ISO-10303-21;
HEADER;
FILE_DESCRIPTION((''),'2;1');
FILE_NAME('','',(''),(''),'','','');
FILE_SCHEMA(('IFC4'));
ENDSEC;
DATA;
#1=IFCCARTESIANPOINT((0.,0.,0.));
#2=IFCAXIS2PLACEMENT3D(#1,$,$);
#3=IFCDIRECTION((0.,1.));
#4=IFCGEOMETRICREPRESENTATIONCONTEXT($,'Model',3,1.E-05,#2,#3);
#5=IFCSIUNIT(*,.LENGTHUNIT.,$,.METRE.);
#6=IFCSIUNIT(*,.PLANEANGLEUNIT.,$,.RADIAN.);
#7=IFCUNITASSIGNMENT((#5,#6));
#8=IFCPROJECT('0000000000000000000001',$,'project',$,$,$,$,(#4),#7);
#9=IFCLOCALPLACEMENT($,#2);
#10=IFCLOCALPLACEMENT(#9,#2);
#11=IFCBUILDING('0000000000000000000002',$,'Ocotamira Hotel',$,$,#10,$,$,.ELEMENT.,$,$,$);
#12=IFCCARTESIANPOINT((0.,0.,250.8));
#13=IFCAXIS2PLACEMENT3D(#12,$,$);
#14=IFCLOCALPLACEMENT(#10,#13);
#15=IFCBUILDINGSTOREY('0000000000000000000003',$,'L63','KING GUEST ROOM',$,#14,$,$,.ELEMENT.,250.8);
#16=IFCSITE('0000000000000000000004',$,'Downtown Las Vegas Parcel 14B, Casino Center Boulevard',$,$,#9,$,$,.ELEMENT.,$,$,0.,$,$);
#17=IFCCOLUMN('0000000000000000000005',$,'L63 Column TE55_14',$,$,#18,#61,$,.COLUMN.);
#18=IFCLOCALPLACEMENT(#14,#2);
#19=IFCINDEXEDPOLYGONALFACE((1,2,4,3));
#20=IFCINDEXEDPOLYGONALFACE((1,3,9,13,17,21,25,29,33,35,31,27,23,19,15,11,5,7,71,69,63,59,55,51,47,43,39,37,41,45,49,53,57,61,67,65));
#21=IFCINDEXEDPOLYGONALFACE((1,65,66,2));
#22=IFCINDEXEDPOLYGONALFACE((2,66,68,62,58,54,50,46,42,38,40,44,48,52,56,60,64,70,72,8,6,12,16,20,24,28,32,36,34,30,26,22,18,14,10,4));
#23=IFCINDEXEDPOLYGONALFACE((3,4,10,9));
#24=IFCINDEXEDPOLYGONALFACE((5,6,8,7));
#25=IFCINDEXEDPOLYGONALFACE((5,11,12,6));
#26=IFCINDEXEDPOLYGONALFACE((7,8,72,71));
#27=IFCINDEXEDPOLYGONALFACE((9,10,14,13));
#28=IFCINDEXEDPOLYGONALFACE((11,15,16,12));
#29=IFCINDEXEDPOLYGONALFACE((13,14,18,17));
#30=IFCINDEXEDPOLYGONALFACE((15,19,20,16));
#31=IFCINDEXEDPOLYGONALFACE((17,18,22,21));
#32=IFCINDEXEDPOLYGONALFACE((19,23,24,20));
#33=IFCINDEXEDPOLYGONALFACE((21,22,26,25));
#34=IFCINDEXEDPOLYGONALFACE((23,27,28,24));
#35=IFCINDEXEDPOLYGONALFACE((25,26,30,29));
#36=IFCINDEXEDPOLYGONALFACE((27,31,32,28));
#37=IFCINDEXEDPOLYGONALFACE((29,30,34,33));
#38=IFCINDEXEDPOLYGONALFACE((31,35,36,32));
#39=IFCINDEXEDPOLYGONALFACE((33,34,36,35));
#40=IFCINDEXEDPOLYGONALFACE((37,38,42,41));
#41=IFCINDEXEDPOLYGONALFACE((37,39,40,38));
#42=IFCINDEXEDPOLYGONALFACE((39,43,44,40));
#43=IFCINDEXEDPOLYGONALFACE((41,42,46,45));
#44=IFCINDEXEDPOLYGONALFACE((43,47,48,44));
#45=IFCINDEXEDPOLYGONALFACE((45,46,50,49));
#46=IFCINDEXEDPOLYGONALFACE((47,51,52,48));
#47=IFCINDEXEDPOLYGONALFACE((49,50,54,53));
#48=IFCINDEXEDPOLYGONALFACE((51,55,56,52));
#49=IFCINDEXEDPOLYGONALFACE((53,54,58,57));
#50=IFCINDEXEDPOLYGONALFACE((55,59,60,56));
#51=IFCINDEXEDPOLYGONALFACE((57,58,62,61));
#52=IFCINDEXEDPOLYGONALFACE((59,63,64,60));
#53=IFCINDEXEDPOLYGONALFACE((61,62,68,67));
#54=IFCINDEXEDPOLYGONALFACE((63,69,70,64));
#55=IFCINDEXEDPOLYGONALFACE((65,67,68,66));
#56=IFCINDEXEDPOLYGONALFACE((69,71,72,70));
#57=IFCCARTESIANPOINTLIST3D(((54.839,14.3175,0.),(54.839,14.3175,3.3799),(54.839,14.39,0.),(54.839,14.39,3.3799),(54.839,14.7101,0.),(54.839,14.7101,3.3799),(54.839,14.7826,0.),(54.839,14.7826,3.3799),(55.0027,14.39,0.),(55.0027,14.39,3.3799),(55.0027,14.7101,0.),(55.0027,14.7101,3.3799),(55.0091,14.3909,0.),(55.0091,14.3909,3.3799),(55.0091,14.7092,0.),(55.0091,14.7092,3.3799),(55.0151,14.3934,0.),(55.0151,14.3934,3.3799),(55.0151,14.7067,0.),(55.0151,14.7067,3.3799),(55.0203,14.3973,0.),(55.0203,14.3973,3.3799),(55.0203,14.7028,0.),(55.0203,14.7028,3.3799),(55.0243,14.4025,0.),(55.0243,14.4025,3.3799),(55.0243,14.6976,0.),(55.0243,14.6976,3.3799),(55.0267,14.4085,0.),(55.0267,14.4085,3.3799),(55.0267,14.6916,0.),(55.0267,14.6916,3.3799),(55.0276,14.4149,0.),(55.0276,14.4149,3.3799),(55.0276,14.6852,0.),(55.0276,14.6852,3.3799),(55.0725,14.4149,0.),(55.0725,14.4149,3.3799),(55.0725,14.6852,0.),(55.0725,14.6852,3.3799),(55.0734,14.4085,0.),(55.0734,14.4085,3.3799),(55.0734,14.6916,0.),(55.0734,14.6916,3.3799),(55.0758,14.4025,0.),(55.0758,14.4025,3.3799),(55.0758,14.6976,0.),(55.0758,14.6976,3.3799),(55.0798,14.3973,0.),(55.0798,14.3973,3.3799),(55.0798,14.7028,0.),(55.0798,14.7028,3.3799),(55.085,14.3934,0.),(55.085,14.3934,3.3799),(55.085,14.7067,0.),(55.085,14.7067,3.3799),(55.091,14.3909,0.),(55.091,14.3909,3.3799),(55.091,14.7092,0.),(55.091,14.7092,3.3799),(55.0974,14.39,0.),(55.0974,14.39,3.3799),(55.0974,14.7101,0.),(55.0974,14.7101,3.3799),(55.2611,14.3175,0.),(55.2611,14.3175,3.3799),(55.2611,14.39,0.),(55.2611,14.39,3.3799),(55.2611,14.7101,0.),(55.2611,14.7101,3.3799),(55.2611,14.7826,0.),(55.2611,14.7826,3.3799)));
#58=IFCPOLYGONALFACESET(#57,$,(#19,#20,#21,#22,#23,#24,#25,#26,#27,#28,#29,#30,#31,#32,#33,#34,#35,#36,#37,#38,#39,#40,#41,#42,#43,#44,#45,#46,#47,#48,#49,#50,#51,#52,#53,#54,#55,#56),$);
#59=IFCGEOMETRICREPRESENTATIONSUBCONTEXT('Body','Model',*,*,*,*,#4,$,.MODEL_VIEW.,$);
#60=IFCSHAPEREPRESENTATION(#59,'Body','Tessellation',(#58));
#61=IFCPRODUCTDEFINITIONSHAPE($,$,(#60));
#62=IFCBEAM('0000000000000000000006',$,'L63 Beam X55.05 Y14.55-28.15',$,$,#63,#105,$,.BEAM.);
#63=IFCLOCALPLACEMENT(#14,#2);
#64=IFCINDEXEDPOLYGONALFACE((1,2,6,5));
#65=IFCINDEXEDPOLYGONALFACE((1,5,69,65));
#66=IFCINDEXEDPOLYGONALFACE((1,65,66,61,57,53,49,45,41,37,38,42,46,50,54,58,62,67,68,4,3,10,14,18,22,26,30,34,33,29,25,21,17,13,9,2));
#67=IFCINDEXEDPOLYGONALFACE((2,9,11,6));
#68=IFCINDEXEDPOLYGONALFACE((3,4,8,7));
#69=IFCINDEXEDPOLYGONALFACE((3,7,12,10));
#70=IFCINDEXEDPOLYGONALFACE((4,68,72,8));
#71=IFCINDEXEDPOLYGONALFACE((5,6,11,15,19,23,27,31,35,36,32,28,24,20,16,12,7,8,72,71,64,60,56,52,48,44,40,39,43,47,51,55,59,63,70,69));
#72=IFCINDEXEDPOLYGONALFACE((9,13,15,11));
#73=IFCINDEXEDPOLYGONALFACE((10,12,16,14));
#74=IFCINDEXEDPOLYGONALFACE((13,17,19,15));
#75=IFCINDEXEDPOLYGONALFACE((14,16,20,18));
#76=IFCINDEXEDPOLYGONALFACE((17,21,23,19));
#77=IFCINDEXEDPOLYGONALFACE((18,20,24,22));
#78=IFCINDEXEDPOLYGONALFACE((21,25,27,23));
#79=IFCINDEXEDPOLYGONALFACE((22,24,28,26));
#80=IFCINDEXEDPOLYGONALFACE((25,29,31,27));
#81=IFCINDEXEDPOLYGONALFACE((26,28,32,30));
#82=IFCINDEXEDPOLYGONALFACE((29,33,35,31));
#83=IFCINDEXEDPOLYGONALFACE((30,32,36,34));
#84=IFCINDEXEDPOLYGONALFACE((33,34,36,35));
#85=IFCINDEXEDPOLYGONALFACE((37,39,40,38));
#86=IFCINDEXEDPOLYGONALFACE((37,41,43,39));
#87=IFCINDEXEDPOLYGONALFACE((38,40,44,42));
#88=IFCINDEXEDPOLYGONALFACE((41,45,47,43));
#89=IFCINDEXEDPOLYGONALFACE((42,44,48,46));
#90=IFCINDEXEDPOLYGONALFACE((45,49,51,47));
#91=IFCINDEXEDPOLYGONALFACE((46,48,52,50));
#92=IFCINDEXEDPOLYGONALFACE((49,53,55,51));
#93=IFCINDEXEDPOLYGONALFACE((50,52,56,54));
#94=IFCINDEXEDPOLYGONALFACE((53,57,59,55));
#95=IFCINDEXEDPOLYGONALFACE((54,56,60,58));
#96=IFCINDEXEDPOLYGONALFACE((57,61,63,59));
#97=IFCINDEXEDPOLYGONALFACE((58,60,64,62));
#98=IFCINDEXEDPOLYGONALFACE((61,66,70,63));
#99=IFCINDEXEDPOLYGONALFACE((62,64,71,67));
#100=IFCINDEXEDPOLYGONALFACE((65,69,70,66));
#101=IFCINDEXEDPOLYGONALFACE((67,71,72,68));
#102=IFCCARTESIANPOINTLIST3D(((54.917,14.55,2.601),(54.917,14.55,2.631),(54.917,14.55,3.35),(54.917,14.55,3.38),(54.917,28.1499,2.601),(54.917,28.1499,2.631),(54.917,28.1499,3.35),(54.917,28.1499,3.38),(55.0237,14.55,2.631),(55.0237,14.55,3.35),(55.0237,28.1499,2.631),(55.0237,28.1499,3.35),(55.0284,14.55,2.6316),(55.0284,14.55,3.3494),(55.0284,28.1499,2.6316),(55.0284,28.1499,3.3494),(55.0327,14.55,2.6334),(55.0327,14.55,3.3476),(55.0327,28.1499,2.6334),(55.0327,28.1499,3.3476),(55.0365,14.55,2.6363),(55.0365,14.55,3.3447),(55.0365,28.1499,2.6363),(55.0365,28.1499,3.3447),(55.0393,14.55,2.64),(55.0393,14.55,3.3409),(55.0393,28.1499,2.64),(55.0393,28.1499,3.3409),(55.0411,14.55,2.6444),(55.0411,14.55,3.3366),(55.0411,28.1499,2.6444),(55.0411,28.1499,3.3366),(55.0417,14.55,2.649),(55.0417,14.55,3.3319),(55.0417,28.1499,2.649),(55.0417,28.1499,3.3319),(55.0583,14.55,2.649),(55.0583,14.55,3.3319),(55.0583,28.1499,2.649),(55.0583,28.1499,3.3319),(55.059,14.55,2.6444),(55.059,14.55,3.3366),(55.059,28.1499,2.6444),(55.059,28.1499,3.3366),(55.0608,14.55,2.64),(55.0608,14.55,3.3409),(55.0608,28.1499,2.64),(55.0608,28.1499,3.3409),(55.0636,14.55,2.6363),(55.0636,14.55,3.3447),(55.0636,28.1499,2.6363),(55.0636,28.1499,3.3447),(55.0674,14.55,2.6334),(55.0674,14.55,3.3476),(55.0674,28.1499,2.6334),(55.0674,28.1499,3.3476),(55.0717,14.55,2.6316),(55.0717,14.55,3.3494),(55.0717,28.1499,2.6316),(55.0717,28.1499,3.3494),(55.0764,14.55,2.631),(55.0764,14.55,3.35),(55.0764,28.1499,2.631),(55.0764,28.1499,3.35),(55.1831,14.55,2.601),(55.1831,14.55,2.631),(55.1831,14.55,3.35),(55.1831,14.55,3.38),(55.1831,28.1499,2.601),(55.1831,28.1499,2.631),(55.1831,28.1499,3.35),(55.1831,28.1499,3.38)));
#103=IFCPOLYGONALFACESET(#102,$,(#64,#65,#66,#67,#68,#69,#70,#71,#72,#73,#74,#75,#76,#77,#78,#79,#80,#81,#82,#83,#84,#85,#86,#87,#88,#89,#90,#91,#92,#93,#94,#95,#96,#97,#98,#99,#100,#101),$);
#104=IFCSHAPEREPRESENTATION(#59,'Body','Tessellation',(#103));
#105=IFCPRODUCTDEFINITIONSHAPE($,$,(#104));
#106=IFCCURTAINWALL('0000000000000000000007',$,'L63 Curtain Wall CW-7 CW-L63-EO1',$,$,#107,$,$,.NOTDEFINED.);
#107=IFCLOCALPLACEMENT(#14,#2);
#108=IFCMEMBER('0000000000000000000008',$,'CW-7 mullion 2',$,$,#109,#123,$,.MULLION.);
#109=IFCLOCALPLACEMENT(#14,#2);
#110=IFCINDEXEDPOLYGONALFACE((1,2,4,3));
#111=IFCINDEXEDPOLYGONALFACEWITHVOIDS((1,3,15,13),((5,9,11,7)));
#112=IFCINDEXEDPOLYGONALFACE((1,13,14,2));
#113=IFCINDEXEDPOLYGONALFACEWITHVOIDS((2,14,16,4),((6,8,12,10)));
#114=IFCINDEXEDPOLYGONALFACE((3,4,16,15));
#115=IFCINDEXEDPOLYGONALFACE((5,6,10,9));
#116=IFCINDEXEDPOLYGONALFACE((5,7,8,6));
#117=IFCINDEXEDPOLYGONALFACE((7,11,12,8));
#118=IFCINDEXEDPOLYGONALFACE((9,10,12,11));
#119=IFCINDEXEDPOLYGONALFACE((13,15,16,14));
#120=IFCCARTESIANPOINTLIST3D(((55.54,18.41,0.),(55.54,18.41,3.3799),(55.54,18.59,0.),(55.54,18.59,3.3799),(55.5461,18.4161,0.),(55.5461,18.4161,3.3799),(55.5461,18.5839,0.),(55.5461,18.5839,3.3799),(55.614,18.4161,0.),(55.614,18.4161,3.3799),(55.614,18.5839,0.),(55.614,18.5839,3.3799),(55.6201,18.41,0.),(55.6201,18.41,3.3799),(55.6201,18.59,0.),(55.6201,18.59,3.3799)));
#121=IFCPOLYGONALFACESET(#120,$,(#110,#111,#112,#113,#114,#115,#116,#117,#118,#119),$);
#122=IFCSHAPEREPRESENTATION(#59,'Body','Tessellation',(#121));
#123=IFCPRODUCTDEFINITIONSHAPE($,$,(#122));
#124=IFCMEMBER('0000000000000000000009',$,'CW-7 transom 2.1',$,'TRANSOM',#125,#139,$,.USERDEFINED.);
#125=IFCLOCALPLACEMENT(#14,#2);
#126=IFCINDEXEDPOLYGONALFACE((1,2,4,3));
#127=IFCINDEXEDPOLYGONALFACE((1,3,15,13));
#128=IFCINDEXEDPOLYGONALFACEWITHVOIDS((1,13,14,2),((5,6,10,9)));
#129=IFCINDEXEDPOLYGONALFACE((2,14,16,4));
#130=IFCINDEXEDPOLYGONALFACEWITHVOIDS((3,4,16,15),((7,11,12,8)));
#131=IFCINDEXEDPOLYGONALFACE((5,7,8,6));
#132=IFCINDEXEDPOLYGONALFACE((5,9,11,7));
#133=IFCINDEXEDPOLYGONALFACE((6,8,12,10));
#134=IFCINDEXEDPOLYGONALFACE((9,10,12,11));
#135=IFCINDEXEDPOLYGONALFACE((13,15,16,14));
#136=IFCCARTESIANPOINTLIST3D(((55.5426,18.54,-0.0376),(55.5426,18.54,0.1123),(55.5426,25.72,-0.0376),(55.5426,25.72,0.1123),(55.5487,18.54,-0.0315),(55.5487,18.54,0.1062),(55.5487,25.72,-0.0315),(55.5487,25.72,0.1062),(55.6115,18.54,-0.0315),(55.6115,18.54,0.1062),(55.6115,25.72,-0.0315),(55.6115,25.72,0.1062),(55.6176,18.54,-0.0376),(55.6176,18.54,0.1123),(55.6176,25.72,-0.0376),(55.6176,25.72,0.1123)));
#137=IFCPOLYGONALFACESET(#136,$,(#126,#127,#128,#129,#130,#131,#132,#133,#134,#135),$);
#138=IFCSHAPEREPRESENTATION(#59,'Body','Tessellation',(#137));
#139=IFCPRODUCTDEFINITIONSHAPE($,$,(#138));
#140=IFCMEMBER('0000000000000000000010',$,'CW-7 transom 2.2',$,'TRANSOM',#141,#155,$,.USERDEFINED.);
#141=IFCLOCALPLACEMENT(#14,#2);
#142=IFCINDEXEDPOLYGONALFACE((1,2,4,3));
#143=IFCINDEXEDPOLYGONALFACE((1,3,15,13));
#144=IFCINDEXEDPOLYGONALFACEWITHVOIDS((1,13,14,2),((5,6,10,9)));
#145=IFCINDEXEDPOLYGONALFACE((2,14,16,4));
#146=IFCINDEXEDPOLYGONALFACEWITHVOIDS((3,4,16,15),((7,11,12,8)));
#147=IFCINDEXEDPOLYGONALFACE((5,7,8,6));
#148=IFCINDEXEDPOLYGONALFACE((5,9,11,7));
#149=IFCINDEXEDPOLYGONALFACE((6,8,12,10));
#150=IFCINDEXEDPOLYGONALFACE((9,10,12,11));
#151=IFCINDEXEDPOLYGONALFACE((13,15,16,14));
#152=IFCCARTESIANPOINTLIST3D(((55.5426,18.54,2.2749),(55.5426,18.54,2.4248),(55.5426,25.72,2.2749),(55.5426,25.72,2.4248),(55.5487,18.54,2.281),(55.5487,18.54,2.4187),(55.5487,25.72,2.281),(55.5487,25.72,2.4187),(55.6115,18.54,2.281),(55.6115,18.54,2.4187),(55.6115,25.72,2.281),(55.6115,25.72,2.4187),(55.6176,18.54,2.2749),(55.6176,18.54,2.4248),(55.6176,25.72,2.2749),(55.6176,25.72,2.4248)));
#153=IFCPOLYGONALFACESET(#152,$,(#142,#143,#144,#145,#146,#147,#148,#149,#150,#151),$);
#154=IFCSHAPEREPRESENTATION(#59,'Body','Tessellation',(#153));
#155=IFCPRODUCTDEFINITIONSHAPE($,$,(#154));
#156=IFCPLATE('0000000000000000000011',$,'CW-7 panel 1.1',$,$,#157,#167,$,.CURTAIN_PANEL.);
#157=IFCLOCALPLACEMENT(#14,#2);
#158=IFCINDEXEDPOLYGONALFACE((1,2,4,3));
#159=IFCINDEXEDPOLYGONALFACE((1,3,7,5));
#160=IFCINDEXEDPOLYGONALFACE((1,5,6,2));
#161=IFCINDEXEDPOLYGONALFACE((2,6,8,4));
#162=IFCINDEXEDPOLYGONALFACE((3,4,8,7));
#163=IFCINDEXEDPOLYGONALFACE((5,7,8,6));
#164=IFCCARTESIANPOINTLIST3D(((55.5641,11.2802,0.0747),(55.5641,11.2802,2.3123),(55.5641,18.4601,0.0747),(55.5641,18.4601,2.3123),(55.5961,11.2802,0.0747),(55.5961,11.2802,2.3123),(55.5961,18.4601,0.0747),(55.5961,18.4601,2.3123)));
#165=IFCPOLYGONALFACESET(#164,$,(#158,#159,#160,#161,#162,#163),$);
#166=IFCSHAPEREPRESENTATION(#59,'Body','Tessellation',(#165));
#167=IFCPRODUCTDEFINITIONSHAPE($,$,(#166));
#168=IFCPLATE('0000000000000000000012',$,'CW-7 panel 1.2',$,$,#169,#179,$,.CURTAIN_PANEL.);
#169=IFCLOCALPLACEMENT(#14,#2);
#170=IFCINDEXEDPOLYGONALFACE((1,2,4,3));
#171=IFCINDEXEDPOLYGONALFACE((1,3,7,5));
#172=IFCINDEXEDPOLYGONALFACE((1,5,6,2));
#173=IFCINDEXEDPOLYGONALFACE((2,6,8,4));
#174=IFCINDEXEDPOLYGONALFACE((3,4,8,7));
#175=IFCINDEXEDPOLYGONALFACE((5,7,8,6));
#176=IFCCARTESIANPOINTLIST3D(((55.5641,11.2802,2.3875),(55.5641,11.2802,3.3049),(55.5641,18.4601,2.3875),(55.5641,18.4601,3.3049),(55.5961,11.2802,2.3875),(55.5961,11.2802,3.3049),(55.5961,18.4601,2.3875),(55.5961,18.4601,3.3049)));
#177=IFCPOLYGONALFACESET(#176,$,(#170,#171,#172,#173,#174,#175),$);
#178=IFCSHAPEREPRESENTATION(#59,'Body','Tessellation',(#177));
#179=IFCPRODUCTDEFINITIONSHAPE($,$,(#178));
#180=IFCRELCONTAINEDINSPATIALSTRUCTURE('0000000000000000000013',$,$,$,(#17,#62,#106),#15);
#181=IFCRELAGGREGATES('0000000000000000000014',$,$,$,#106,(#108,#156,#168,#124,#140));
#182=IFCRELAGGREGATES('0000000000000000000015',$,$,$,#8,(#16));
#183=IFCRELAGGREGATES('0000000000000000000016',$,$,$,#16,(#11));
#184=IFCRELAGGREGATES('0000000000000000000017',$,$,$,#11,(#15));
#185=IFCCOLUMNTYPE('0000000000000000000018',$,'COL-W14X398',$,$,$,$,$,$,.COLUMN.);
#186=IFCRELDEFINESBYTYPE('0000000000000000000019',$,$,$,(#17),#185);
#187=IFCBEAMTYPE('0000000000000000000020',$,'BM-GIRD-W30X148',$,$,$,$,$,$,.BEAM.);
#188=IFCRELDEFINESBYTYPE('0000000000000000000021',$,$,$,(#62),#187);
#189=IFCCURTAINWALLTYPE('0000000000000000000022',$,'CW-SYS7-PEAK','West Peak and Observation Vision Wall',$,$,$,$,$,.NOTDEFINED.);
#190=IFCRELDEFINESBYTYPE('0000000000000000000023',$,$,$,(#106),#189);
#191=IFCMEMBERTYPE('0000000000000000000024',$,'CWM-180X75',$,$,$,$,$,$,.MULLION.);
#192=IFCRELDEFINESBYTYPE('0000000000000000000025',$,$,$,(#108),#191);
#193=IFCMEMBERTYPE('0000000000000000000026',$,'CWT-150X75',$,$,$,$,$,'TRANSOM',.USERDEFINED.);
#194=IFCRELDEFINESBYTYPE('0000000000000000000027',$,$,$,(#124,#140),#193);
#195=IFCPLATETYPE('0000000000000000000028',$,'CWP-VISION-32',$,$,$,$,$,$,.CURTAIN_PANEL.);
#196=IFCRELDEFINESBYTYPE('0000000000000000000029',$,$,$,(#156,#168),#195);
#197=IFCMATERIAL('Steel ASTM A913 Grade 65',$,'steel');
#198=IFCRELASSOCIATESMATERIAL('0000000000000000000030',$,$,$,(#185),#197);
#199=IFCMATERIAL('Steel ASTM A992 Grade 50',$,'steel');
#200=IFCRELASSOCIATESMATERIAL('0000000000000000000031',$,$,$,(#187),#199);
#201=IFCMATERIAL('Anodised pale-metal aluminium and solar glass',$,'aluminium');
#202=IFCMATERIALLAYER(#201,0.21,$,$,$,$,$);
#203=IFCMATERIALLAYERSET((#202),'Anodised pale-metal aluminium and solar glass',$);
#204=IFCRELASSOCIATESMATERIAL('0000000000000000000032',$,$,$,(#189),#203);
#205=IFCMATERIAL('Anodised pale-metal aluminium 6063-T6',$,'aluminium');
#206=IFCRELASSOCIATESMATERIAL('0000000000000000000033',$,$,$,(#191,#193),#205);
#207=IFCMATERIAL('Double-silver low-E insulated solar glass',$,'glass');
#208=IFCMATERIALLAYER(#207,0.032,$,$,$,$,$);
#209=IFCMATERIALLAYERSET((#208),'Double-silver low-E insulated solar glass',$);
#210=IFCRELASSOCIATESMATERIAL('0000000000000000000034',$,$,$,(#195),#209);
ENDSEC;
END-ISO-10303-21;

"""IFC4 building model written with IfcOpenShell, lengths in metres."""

from ifc_helpers import new_model, si_unit, direction, frame, origin, origin_2d, place, context, subcontext, project, spatial, rectangle, hollow_rectangle, i_section, extrude, source, transform, mapped, material, layer, layer_set, material_profile, profile_set, type_object, element, aggregate, save


model = new_model("IFC4")

# Units and contexts
model_context = context("Model", 3, precision=1e-05, world=origin(), true_north=direction((0.0, 1.0)))
body_context = subcontext(model_context, "Body", "Model", "MODEL_VIEW")
ifc_project = project(units=[si_unit("LENGTHUNIT", "METRE"), si_unit("PLANEANGLEUNIT", "RADIAN")], contexts=[model_context])

# Site, building, storey
site_placement = place(None, origin())
site = spatial("IfcSite", under=ifc_project, at=site_placement, Name="Downtown Las Vegas Parcel 14B, Casino Center Boulevard", CompositionType="ELEMENT", RefElevation=0.0)
building_placement = place(site_placement, origin())
building = spatial("IfcBuilding", under=site, at=building_placement, Name="Ocotamira Hotel", CompositionType="ELEMENT")
storey_placement = place(building_placement, frame((0.0, 0.0, 250.8)))
storey = spatial("IfcBuildingStorey", under=building, at=storey_placement, Name="L63", Description="KING GUEST ROOM", CompositionType="ELEMENT", Elevation=250.8)

# Column
ifc_material_1 = material(Name="Steel ASTM A913 Grade 65", Category="steel")
ifc_material_profile_1 = material_profile(ifc_material_1, i_section(OverallWidth=0.4221, OverallDepth=0.4651, WebThickness=0.0449, FlangeThickness=0.0725, FilletRadius=0.0249, at=origin_2d()), Name="W14X398")
ifc_profile_set_1 = profile_set([ifc_material_profile_1], Name="Steel ASTM A913 Grade 65")
column_type = type_object("IfcColumnType", Name="COL-W14X398", PredefinedType="COLUMN", material=ifc_profile_set_1)
shared_shape_1 = source(origin(), body_context, "Body", "SweptSolid", [
    extrude(i_section(OverallWidth=0.4221, OverallDepth=0.4651, WebThickness=0.0449, FlangeThickness=0.0725, FilletRadius=0.0249, at=origin_2d()), origin(), (0.0, 0.0, 1.0), 3.3799),
])
column_placement = place(storey_placement, frame((55.05, 14.55, 0.0), z_axis=(0.0, 0.0, 1.0), x_axis=(1.0, 0.0, 0.0)))
element("IfcColumn", 1, at=column_placement, inside=storey, type_object=column_type, Name="L63 Column TE55_14", PredefinedType="COLUMN", context=body_context, shape_type="MappedRepresentation", body=[
    mapped(shared_shape_1, transform((0.0, 0.0, 0.0), scale=1.0)),
])

# Beam
ifc_material_2 = material(Name="Steel ASTM A992 Grade 50", Category="steel")
ifc_material_profile_2 = material_profile(ifc_material_2, i_section(OverallWidth=0.2661, OverallDepth=0.7791, WebThickness=0.0166, FlangeThickness=0.03, FilletRadius=0.0181, at=origin_2d()), Name="W30X148")
ifc_profile_set_2 = profile_set([ifc_material_profile_2], Name="Steel ASTM A992 Grade 50")
beam_type = type_object("IfcBeamType", Name="BM-GIRD-W30X148", PredefinedType="BEAM", material=ifc_profile_set_2)
shared_shape_2 = source(origin(), body_context, "Body", "SweptSolid", [
    extrude(i_section(OverallWidth=0.2661, OverallDepth=0.7791, WebThickness=0.0166, FlangeThickness=0.03, FilletRadius=0.0181, at=origin_2d()), origin(), (0.0, 0.0, 1.0), 13.5999),
])
beam_placement = place(storey_placement, frame((55.05, 14.55, 2.9905), z_axis=(0.0, 1.0, 0.0), x_axis=(-1.0, 0.0, 0.0)))
element("IfcBeam", 2, at=beam_placement, inside=storey, type_object=beam_type, Name="L63 Beam X55.05 Y14.55-28.15", PredefinedType="BEAM", context=body_context, shape_type="MappedRepresentation", body=[
    mapped(shared_shape_2, transform((0.0, 0.0, 0.0), scale=1.0)),
])

# Curtain wall, members, plates
ifc_material_3 = material(Name="Anodised pale-metal aluminium and solar glass", Category="aluminium")
ifc_layer_1 = layer(ifc_material_3, 0.21)
ifc_layer_set_1 = layer_set([ifc_layer_1], Name="Anodised pale-metal aluminium and solar glass")
curtain_wall_type = type_object("IfcCurtainWallType", Name="CW-SYS7-PEAK", Description="West Peak and Observation Vision Wall", PredefinedType="NOTDEFINED", material=ifc_layer_set_1)
curtain_wall_placement = place(storey_placement, origin())
curtain_wall = element("IfcCurtainWall", 3, at=curtain_wall_placement, inside=storey, type_object=curtain_wall_type, Name="L63 Curtain Wall CW-7 CW-L63-EO1", PredefinedType="NOTDEFINED")
ifc_material_4 = material(Name="Anodised pale-metal aluminium 6063-T6", Category="aluminium")
ifc_material_profile_3 = material_profile(ifc_material_4, hollow_rectangle(XDim=0.0801, YDim=0.1799, WallThickness=0.0061, at=origin_2d()), Name="HSS180X80X6")
ifc_profile_set_3 = profile_set([ifc_material_profile_3], Name="Anodised pale-metal aluminium 6063-T6")
member_type_1 = type_object("IfcMemberType", Name="CWM-180X75", PredefinedType="MULLION", material=ifc_profile_set_3)
shared_shape_3 = source(origin(), body_context, "Body", "SweptSolid", [
    extrude(hollow_rectangle(XDim=0.0801, YDim=0.1799, WallThickness=0.0061, at=origin_2d()), origin(), (0.0, 0.0, 1.0), 3.3799),
])
member_1_placement = place(storey_placement, frame((55.5801, 18.5, 0.0), z_axis=(0.0, 0.0, 1.0), x_axis=(-1.0, 0.0, 0.0)))
member_1 = element("IfcMember", 4, at=member_1_placement, type_object=member_type_1, Name="CW-7 mullion 2", PredefinedType="MULLION", context=body_context, shape_type="MappedRepresentation", body=[
    mapped(shared_shape_3, transform((0.0, 0.0, 0.0), scale=1.0)),
])
ifc_material_profile_4 = material_profile(ifc_material_4, hollow_rectangle(XDim=0.075, YDim=0.1499, WallThickness=0.0061, at=origin_2d()), Name="HSS150X75X6")
ifc_profile_set_4 = profile_set([ifc_material_profile_4], Name="Anodised pale-metal aluminium 6063-T6")
member_type_2 = type_object("IfcMemberType", Name="CWT-150X75", ElementType="TRANSOM", PredefinedType="USERDEFINED", material=ifc_profile_set_4)
shared_shape_4 = source(origin(), body_context, "Body", "SweptSolid", [
    extrude(hollow_rectangle(XDim=0.075, YDim=0.1499, WallThickness=0.0061, at=origin_2d()), origin(), (0.0, 0.0, 1.0), 7.1799),
])
member_2_placement = place(storey_placement, frame((55.5801, 18.54, 0.0374), z_axis=(0.0, 1.0, 0.0), x_axis=(-1.0, 0.0, 0.0)))
member_2 = element("IfcMember", 5, at=member_2_placement, type_object=member_type_2, Name="CW-7 transom 2.1", ObjectType="TRANSOM", PredefinedType="USERDEFINED", context=body_context, shape_type="MappedRepresentation", body=[
    mapped(shared_shape_4, transform((0.0, 0.0, 0.0), scale=1.0)),
])
member_3_placement = place(storey_placement, frame((55.5801, 18.54, 2.3499), z_axis=(0.0, 1.0, 0.0), x_axis=(-1.0, 0.0, 0.0)))
member_3 = element("IfcMember", 6, at=member_3_placement, type_object=member_type_2, Name="CW-7 transom 2.2", ObjectType="TRANSOM", PredefinedType="USERDEFINED", context=body_context, shape_type="MappedRepresentation", body=[
    mapped(shared_shape_4, transform((0.0, 0.0, 0.0), scale=1.0)),
])
ifc_material_5 = material(Name="Double-silver low-E insulated solar glass", Category="glass")
ifc_layer_2 = layer(ifc_material_5, 0.032)
ifc_layer_set_2 = layer_set([ifc_layer_2], Name="Double-silver low-E insulated solar glass")
plate_type = type_object("IfcPlateType", Name="CWP-VISION-32", PredefinedType="CURTAIN_PANEL", material=ifc_layer_set_2)
shared_shape_5 = source(origin(), body_context, "Body", "SweptSolid", [
    extrude(rectangle(XDim=7.1799, YDim=0.032, at=origin_2d()), origin(), (0.0, 0.0, 1.0), 2.2375),
])
plate_1_placement = place(storey_placement, frame((55.5801, 14.8701, 0.0747), z_axis=(0.0, 0.0, 1.0), x_axis=(0.0, 1.0, 0.0)))
plate_1 = element("IfcPlate", 7, at=plate_1_placement, type_object=plate_type, Name="CW-7 panel 1.1", PredefinedType="CURTAIN_PANEL", context=body_context, shape_type="MappedRepresentation", body=[
    mapped(shared_shape_5, transform((0.0, 0.0, 0.0), scale=1.0)),
])
shared_shape_6 = source(origin(), body_context, "Body", "SweptSolid", [
    extrude(rectangle(XDim=7.1799, YDim=0.032, at=origin_2d()), origin(), (0.0, 0.0, 1.0), 0.9175),
])
plate_2_placement = place(storey_placement, frame((55.5801, 14.8701, 2.3875), z_axis=(0.0, 0.0, 1.0), x_axis=(0.0, 1.0, 0.0)))
plate_2 = element("IfcPlate", 8, at=plate_2_placement, type_object=plate_type, Name="CW-7 panel 1.2", PredefinedType="CURTAIN_PANEL", context=body_context, shape_type="MappedRepresentation", body=[
    mapped(shared_shape_6, transform((0.0, 0.0, 0.0), scale=1.0)),
])
aggregate(curtain_wall, [member_1, plate_1, plate_2, member_2, member_3])

save(model, "model.ifc")
